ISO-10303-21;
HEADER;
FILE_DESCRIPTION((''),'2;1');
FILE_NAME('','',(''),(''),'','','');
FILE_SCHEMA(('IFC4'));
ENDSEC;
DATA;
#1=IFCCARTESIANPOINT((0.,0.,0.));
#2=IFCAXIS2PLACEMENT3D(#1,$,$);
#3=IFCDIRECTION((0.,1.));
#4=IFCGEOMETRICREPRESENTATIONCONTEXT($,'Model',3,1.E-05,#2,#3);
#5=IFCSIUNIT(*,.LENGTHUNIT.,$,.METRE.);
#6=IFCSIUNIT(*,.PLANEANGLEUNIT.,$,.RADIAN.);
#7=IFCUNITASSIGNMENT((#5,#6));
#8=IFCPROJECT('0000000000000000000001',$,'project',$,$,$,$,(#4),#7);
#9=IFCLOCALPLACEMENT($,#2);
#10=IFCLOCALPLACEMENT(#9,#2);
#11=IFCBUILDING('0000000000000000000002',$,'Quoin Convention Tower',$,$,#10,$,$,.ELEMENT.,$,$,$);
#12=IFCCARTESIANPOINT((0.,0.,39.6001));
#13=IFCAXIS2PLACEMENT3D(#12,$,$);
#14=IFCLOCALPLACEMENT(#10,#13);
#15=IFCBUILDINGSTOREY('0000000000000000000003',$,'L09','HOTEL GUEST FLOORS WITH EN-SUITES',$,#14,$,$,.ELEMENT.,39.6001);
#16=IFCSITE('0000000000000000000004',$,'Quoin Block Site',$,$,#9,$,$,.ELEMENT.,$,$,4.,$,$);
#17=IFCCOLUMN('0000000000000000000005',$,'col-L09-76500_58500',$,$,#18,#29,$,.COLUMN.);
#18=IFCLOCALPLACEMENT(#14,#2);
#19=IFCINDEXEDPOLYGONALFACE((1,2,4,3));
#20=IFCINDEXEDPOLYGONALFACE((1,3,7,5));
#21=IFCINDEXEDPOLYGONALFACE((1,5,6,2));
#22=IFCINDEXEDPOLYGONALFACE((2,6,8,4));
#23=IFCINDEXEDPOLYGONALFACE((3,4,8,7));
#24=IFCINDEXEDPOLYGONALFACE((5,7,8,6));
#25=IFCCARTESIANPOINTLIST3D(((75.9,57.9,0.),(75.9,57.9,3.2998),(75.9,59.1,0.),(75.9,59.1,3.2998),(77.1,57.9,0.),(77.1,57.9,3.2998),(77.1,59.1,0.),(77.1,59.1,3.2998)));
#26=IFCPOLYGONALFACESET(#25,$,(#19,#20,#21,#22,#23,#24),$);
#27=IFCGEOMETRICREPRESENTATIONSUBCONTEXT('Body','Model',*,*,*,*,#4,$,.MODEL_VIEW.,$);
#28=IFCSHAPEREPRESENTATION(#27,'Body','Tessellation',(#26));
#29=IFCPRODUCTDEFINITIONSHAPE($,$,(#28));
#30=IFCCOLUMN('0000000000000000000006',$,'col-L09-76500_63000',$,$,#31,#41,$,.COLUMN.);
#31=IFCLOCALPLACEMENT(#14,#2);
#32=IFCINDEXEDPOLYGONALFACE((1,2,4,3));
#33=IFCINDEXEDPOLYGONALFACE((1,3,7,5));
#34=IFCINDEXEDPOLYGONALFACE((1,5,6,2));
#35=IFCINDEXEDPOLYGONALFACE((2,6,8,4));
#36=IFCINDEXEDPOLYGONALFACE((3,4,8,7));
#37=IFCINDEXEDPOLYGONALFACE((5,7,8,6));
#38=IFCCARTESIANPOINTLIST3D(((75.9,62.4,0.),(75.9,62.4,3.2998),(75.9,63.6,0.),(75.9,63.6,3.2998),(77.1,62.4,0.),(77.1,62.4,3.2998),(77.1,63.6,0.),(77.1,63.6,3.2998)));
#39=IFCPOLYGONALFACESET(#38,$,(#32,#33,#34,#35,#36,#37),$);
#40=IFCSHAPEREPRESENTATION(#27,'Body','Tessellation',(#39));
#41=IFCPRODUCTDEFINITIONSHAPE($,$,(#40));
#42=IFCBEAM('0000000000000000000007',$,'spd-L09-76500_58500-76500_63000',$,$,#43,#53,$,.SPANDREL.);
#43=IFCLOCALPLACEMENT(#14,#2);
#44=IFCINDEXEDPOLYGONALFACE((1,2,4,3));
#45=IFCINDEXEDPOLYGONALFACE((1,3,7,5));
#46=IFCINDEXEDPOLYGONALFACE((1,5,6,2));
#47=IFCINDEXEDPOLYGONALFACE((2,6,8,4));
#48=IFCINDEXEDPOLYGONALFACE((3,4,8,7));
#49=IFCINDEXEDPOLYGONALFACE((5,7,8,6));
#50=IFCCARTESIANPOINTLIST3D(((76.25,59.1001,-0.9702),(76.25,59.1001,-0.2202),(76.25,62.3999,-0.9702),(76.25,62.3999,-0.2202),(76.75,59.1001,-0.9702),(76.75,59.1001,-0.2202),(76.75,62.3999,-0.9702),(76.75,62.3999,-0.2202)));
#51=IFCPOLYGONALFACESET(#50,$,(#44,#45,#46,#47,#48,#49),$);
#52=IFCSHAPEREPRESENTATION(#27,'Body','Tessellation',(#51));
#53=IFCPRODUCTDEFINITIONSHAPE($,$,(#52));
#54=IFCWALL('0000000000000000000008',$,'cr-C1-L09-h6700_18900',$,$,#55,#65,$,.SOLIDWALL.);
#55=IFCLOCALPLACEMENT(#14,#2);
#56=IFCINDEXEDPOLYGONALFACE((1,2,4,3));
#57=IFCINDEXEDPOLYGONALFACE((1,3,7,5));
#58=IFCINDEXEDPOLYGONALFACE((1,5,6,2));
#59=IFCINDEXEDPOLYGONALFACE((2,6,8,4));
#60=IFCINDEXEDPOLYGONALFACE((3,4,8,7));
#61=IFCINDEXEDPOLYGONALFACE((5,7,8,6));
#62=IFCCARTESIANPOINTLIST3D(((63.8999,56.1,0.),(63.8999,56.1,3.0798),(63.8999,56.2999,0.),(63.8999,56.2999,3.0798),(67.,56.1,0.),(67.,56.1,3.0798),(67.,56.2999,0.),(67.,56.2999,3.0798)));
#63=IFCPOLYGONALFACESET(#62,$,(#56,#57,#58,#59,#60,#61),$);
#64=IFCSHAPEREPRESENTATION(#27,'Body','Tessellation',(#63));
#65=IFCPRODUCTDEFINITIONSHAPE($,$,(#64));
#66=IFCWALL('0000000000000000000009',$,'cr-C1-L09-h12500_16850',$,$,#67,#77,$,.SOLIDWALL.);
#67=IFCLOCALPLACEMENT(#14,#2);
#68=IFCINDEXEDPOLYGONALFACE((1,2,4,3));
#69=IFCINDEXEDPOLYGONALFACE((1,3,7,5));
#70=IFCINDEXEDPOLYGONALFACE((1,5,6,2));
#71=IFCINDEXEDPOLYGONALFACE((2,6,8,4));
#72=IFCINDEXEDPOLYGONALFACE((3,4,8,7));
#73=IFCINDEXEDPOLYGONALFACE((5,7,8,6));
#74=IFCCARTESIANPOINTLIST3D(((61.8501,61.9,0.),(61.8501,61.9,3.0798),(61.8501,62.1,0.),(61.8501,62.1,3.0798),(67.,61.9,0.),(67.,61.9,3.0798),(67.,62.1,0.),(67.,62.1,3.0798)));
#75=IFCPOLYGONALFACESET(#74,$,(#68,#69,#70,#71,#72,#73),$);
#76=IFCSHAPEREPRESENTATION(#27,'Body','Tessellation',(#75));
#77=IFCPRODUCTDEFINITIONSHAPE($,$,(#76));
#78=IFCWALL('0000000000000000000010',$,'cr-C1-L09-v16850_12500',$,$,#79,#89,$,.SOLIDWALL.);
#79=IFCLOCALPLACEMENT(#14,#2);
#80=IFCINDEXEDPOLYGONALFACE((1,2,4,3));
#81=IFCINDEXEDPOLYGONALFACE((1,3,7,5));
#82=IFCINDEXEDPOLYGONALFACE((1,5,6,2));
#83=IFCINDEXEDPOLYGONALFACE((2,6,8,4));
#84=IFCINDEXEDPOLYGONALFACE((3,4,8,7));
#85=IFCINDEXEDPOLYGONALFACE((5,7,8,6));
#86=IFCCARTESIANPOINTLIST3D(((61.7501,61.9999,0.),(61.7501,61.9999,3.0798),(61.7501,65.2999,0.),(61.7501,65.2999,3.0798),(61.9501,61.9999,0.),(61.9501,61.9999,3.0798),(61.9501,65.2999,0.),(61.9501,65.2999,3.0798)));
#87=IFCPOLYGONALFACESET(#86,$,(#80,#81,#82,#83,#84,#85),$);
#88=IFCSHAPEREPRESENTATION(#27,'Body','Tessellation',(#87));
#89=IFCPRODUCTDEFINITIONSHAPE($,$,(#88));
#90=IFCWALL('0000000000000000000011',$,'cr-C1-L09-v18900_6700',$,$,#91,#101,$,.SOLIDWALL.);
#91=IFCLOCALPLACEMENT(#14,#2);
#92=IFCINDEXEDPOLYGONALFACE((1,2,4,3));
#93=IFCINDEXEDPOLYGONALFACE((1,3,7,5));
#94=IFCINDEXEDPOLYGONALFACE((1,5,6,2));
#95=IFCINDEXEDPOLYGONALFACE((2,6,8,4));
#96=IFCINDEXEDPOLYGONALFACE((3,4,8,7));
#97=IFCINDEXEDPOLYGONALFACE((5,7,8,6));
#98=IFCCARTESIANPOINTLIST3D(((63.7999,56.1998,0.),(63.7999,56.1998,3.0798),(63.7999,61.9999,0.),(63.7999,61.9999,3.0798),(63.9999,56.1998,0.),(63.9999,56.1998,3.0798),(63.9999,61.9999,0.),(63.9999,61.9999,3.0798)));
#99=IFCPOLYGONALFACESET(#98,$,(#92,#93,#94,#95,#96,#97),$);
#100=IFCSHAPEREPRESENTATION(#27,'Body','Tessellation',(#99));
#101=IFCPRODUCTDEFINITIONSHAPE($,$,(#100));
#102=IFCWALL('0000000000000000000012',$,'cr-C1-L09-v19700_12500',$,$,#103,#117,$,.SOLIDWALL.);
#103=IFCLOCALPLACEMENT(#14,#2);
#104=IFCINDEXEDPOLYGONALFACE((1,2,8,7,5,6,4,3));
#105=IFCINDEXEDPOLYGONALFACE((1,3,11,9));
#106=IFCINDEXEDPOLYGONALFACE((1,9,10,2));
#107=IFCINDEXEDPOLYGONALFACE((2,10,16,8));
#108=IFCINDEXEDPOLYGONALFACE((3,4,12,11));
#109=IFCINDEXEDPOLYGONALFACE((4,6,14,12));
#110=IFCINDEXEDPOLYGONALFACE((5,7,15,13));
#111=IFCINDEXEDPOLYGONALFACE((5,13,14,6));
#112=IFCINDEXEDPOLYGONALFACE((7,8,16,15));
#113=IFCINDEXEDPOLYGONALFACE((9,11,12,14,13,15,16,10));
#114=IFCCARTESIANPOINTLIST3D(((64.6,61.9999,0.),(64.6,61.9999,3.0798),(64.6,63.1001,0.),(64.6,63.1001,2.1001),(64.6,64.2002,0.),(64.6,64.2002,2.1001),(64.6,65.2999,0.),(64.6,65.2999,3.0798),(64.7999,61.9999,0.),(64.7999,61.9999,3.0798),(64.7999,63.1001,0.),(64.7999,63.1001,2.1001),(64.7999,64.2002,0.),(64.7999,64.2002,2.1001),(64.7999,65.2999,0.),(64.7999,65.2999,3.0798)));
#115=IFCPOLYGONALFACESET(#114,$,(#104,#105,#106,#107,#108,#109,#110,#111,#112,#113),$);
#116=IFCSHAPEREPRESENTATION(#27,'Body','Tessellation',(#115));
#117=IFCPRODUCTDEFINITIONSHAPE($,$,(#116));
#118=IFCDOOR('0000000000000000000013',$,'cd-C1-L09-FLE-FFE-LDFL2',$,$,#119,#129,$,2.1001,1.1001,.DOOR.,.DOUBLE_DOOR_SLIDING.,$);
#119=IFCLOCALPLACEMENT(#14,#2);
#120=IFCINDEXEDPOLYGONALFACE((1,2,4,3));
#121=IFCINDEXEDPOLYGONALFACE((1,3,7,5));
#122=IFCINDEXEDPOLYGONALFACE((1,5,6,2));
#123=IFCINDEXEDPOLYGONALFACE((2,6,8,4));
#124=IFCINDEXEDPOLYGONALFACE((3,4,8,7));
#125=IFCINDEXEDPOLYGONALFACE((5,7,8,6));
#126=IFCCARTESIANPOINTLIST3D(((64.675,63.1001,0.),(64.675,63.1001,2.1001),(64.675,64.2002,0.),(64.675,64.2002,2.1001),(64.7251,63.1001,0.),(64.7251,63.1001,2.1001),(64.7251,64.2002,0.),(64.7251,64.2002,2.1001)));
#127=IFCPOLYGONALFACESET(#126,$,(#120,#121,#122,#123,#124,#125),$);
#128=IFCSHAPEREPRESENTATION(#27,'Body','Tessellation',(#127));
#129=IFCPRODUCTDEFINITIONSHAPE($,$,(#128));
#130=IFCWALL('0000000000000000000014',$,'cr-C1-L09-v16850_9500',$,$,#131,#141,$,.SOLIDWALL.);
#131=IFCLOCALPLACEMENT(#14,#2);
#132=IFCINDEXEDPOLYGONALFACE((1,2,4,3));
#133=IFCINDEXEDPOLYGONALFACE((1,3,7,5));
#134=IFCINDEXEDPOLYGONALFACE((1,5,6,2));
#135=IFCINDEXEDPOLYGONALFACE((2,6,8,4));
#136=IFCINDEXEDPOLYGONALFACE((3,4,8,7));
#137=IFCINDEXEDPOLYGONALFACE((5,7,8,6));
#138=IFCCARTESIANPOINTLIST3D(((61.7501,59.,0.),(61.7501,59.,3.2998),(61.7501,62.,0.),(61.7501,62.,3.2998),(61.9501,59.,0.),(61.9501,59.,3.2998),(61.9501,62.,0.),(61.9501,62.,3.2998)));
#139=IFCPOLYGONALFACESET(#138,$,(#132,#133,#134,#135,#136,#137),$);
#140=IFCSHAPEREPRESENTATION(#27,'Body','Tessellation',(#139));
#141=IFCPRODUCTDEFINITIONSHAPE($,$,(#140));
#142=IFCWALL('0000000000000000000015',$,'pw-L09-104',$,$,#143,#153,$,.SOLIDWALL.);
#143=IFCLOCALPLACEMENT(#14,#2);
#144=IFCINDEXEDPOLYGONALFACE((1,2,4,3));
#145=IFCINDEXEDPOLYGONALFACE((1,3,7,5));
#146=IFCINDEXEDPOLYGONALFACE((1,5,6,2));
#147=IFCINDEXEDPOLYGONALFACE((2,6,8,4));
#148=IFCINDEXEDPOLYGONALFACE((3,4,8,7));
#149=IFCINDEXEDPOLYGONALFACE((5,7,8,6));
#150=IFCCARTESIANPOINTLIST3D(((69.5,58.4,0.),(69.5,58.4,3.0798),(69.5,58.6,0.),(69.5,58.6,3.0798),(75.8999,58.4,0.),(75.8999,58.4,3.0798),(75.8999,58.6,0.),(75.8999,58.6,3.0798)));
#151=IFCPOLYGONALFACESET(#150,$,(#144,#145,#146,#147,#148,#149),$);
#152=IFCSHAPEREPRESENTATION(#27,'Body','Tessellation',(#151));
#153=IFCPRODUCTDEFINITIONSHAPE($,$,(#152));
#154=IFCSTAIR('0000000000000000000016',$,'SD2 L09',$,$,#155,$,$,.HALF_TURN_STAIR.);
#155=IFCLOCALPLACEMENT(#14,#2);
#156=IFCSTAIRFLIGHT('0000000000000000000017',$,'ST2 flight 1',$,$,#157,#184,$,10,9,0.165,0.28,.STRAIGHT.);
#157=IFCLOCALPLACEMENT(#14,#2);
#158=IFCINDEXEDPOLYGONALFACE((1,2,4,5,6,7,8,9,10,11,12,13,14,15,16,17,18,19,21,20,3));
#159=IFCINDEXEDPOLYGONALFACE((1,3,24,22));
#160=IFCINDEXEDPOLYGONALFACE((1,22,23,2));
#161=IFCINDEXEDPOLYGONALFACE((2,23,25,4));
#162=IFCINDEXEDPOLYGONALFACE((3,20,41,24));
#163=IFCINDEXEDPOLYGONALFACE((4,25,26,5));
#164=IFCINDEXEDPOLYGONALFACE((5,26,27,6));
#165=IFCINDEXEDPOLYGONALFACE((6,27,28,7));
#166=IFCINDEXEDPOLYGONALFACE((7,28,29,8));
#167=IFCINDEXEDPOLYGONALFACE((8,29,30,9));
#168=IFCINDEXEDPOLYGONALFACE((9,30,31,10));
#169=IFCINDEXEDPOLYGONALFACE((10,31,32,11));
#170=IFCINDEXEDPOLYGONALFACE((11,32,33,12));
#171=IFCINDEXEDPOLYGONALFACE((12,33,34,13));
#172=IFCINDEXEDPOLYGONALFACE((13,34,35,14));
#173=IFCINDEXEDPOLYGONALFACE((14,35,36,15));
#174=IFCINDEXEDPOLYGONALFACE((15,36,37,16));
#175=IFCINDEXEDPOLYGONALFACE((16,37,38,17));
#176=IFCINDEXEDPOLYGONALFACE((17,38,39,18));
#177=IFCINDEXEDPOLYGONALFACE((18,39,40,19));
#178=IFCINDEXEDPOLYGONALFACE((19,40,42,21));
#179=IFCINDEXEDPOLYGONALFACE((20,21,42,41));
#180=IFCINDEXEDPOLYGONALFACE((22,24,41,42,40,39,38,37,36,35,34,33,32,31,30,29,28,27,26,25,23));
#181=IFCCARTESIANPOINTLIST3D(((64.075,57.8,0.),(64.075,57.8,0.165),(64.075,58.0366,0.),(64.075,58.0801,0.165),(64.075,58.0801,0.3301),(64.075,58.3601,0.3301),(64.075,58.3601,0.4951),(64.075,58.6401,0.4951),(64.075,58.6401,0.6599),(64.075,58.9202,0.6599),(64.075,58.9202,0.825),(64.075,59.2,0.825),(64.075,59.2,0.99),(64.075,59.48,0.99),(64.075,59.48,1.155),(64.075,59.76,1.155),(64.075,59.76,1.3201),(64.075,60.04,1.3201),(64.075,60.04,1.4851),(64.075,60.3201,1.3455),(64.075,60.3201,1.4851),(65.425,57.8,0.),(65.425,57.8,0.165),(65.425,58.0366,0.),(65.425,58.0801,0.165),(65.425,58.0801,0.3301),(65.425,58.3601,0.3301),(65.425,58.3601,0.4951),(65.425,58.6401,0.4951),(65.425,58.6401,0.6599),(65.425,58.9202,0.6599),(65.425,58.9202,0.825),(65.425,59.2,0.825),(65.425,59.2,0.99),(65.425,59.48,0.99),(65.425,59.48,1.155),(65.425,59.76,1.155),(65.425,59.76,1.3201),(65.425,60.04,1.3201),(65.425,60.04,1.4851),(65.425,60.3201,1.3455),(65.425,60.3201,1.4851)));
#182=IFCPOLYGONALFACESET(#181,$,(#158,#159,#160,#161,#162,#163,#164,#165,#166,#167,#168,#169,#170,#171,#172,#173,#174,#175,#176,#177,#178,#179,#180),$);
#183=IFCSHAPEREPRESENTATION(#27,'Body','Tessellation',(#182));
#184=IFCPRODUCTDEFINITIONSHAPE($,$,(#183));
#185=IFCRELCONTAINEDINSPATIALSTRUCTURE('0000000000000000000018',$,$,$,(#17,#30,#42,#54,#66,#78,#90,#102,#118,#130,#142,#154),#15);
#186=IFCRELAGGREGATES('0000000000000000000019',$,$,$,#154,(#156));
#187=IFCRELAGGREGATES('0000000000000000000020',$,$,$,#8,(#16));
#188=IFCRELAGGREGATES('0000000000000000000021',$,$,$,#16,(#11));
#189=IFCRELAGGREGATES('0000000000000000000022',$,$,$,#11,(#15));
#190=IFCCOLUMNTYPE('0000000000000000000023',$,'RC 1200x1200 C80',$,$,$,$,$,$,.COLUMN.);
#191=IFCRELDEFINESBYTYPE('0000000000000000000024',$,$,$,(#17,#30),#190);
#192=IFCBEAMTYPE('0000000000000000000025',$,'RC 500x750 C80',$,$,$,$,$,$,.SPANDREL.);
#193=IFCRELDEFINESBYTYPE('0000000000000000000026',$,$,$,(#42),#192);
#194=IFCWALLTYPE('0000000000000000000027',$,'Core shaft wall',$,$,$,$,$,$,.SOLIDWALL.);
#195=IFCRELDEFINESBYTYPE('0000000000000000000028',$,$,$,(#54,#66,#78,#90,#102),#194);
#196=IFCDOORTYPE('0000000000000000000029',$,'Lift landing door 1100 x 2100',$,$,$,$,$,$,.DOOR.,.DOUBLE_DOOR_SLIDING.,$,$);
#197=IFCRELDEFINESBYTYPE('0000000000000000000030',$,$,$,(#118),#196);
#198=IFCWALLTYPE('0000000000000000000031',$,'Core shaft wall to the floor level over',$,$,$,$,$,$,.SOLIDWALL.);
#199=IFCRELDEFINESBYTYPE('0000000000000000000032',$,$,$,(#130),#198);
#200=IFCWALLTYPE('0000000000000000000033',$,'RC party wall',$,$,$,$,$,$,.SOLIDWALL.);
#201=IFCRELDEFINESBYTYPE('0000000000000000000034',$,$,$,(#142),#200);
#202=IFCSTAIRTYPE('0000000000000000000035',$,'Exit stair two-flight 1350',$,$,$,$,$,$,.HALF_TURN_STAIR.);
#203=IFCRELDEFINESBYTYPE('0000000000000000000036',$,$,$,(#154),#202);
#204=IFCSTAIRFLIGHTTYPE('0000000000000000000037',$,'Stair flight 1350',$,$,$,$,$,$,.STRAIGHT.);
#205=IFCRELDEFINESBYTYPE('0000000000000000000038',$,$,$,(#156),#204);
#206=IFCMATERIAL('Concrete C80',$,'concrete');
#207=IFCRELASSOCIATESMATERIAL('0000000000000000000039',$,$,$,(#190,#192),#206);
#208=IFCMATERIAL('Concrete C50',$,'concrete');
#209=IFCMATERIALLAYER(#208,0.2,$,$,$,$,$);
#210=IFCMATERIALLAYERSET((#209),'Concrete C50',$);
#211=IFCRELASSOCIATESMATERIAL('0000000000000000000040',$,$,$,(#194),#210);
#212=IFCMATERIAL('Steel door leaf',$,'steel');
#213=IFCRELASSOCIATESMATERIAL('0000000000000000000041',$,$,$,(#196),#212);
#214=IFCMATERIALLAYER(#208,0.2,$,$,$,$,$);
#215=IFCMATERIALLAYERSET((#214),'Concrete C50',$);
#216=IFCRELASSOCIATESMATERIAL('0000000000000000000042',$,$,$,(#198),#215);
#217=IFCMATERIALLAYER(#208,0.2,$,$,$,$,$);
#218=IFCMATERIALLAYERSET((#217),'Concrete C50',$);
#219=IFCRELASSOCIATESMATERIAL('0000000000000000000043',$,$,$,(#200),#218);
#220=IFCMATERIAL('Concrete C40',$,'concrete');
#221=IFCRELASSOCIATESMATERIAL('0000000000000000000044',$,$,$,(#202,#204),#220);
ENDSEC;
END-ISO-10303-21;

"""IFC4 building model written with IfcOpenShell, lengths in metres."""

from ifc_helpers import new_model, si_unit, direction, frame, frame_2d, origin, origin_2d, place, context, subcontext, project, spatial, polyline, rectangle, outline, extrude, material, layer, layer_set, material_profile, profile_set, type_object, element, fill, aggregate, save


model = new_model("IFC4")

# Units and contexts
model_context = context("Model", 3, precision=1e-05, world=origin(), true_north=direction((0.0, 1.0)))
body_context = subcontext(model_context, "Body", "Model", "MODEL_VIEW")
ifc_project = project(units=[si_unit("LENGTHUNIT", "METRE"), si_unit("PLANEANGLEUNIT", "RADIAN")], contexts=[model_context])

# Site, building, storey
site_placement = place(None, origin())
site = spatial("IfcSite", under=ifc_project, at=site_placement, Name="Quoin Block Site", CompositionType="ELEMENT", RefElevation=4.0)
building_placement = place(site_placement, origin())
building = spatial("IfcBuilding", under=site, at=building_placement, Name="Quoin Convention Tower", CompositionType="ELEMENT")
storey_placement = place(building_placement, frame((0.0, 0.0, 39.6001)))
storey = spatial("IfcBuildingStorey", under=building, at=storey_placement, Name="L09", Description="HOTEL GUEST FLOORS WITH EN-SUITES", CompositionType="ELEMENT", Elevation=39.6001)

# Columns
ifc_material_1 = material(Name="Concrete C80", Category="concrete")
ifc_material_profile_1 = material_profile(ifc_material_1, rectangle(XDim=1.2, YDim=1.2, at=origin_2d()), Name="RC 1200x1200")
ifc_profile_set_1 = profile_set([ifc_material_profile_1], Name="Concrete C80")
column_type = type_object("IfcColumnType", Name="RC 1200x1200 C80", PredefinedType="COLUMN", material=ifc_profile_set_1)
for number, where, z_axis, x_axis, name in (
    (1, (76.5, 58.5, 0.0), (0.0, 0.0, 1.0), (1.0, 0.0, 0.0), "col-L09-76500_58500"),
    (2, (76.5, 63.0, 0.0), (0.0, 0.0, 1.0), (1.0, 0.0, 0.0), "col-L09-76500_63000"),
):
    element("IfcColumn", number, at=place(storey_placement, frame(where, z_axis=z_axis, x_axis=x_axis)), inside=storey, type_object=column_type, Name=name, PredefinedType="COLUMN", context=body_context, shape_type="SweptSolid", body=[
        extrude(rectangle(XDim=1.2, YDim=1.2, at=origin_2d()), origin(), (0.0, 0.0, 1.0), 3.2998),
    ])

# Beam
ifc_material_profile_2 = material_profile(ifc_material_1, rectangle(XDim=0.5, YDim=0.75, at=origin_2d()), Name="RC 500x750")
ifc_profile_set_2 = profile_set([ifc_material_profile_2], Name="Concrete C80")
beam_type = type_object("IfcBeamType", Name="RC 500x750 C80", PredefinedType="SPANDREL", material=ifc_profile_set_2)
beam_placement = place(storey_placement, frame((76.5, 59.1001, -0.5952), z_axis=(0.0, 1.0, 0.0), x_axis=(-1.0, 0.0, 0.0)))
element("IfcBeam", 3, at=beam_placement, inside=storey, type_object=beam_type, Name="spd-L09-76500_58500-76500_63000", PredefinedType="SPANDREL", context=body_context, shape_type="SweptSolid", body=[
    extrude(rectangle(XDim=0.5, YDim=0.75, at=origin_2d()), origin(), (0.0, 0.0, 1.0), 3.2998),
])

# Walls
ifc_material_2 = material(Name="Concrete C50", Category="concrete")
ifc_layer_1 = layer(ifc_material_2, 0.2)
ifc_layer_set_1 = layer_set([ifc_layer_1], Name="Concrete C50")
wall_type_1 = type_object("IfcWallType", Name="Core shaft wall", PredefinedType="SOLIDWALL", material=ifc_layer_set_1)
wall_1_placement = place(storey_placement, frame((63.8999, 56.2, 0.0), z_axis=(0.0, 0.0, 1.0), x_axis=(1.0, 0.0, 0.0)))
element("IfcWall", 4, at=wall_1_placement, inside=storey, type_object=wall_type_1, Name="cr-C1-L09-h6700_18900", PredefinedType="SOLIDWALL", context=body_context, shape_type="SweptSolid", body=[
    extrude(rectangle(XDim=3.1001, YDim=0.2, at=frame_2d((1.55, 0.0))), origin(), (0.0, 0.0, 1.0), 3.0798),
])
wall_2_placement = place(storey_placement, frame((61.8501, 62.0, 0.0), z_axis=(0.0, 0.0, 1.0), x_axis=(1.0, 0.0, 0.0)))
element("IfcWall", 5, at=wall_2_placement, inside=storey, type_object=wall_type_1, Name="cr-C1-L09-h12500_16850", PredefinedType="SOLIDWALL", context=body_context, shape_type="SweptSolid", body=[
    extrude(rectangle(XDim=5.1499, YDim=0.2, at=frame_2d((2.575, 0.0))), origin(), (0.0, 0.0, 1.0), 3.0798),
])
wall_3_placement = place(storey_placement, frame((61.8501, 62.0, 0.0), z_axis=(0.0, 0.0, 1.0), x_axis=(0.0, 1.0, 0.0)))
element("IfcWall", 6, at=wall_3_placement, inside=storey, type_object=wall_type_1, Name="cr-C1-L09-v16850_12500", PredefinedType="SOLIDWALL", context=body_context, shape_type="SweptSolid", body=[
    extrude(rectangle(XDim=3.3, YDim=0.2, at=frame_2d((1.6499, 0.0))), origin(), (0.0, 0.0, 1.0), 3.0798),
])
wall_4_placement = place(storey_placement, frame((63.8999, 56.2, 0.0), z_axis=(0.0, 0.0, 1.0), x_axis=(0.0, 1.0, 0.0)))
element("IfcWall", 7, at=wall_4_placement, inside=storey, type_object=wall_type_1, Name="cr-C1-L09-v18900_6700", PredefinedType="SOLIDWALL", context=body_context, shape_type="SweptSolid", body=[
    extrude(rectangle(XDim=5.8, YDim=0.2, at=frame_2d((2.8999, 0.0))), origin(), (0.0, 0.0, 1.0), 3.0798),
])

# Wall, opening, door
wall_5_placement = place(storey_placement, frame((64.7, 62.0, 0.0), z_axis=(0.0, 0.0, 1.0), x_axis=(0.0, 1.0, 0.0)))
wall_5 = element("IfcWall", 8, at=wall_5_placement, inside=storey, type_object=wall_type_1, Name="cr-C1-L09-v19700_12500", PredefinedType="SOLIDWALL", context=body_context, shape_type="SweptSolid", body=[
    extrude(rectangle(XDim=3.3, YDim=0.2, at=frame_2d((1.6499, 0.0))), origin(), (0.0, 0.0, 1.0), 3.0798),
])
opening_placement = place(wall_5_placement, frame((1.1001, 0.0, 0.0)))
opening = element("IfcOpeningElement", 9, at=opening_placement, cuts=wall_5, PredefinedType="OPENING", context=body_context, shape_type="SweptSolid", body=[
    extrude(rectangle(XDim=1.1001, YDim=2.1001, at=frame_2d((0.55, 1.05))), frame((0.0, 0.1099, 0.0), z_axis=(0.0, -1.0, 0.0), x_axis=(1.0, 0.0, 0.0)), (0.0, 0.0, 1.0), 0.22),
])
ifc_material_3 = material(Name="Steel door leaf", Category="steel")
door_type = type_object("IfcDoorType", Name="Lift landing door 1100 x 2100", OperationType="DOUBLE_DOOR_SLIDING", PredefinedType="DOOR", material=ifc_material_3)
door_placement = place(opening_placement, origin())
door = element("IfcDoor", 10, at=door_placement, inside=storey, type_object=door_type, Name="cd-C1-L09-FLE-FFE-LDFL2", OperationType="DOUBLE_DOOR_SLIDING", OverallHeight=2.1001, OverallWidth=1.1001, PredefinedType="DOOR", context=body_context, shape_type="SweptSolid", body=[
    extrude(rectangle(XDim=1.1001, YDim=2.1001, at=frame_2d((0.55, 1.05))), frame((0.0, 0.0249, 0.0), z_axis=(0.0, -1.0, 0.0), x_axis=(1.0, 0.0, 0.0)), (0.0, 0.0, 1.0), 0.05),
])
fill(opening, door)

# Walls
ifc_layer_2 = layer(ifc_material_2, 0.2)
ifc_layer_set_2 = layer_set([ifc_layer_2], Name="Concrete C50")
wall_type_2 = type_object("IfcWallType", Name="Core shaft wall to the floor level over", PredefinedType="SOLIDWALL", material=ifc_layer_set_2)
wall_6_placement = place(storey_placement, frame((61.8501, 59.0, 0.0), z_axis=(0.0, 0.0, 1.0), x_axis=(0.0, 1.0, 0.0)))
element("IfcWall", 11, at=wall_6_placement, inside=storey, type_object=wall_type_2, Name="cr-C1-L09-v16850_9500", PredefinedType="SOLIDWALL", context=body_context, shape_type="SweptSolid", body=[
    extrude(rectangle(XDim=3.0, YDim=0.2, at=frame_2d((1.5, 0.0))), origin(), (0.0, 0.0, 1.0), 3.2998),
])
ifc_layer_3 = layer(ifc_material_2, 0.2)
ifc_layer_set_3 = layer_set([ifc_layer_3], Name="Concrete C50")
wall_type_3 = type_object("IfcWallType", Name="RC party wall", PredefinedType="SOLIDWALL", material=ifc_layer_set_3)
wall_7_placement = place(storey_placement, frame((69.5, 58.5, 0.0), z_axis=(0.0, 0.0, 1.0), x_axis=(1.0, 0.0, 0.0)))
element("IfcWall", 12, at=wall_7_placement, inside=storey, type_object=wall_type_3, Name="pw-L09-104", PredefinedType="SOLIDWALL", context=body_context, shape_type="SweptSolid", body=[
    extrude(rectangle(XDim=6.3999, YDim=0.2, at=frame_2d((3.2, 0.0))), origin(), (0.0, 0.0, 1.0), 3.0798),
])

# Stair, stair flight
ifc_material_4 = material(Name="Concrete C40", Category="concrete")
stair_type = type_object("IfcStairType", Name="Exit stair two-flight 1350", PredefinedType="HALF_TURN_STAIR", material=ifc_material_4)
stair_placement = place(storey_placement, origin())
stair = element("IfcStair", 13, at=stair_placement, inside=storey, type_object=stair_type, Name="SD2 L09", PredefinedType="HALF_TURN_STAIR")
stair_flight_type = type_object("IfcStairFlightType", Name="Stair flight 1350", PredefinedType="STRAIGHT", material=ifc_material_4)
stair_flight_1_placement = place(storey_placement, frame((64.75, 57.8, 0.0), z_axis=(0.0, 0.0, 1.0), x_axis=(0.0, 1.0, 0.0)))
stair_flight_1 = element("IfcStairFlight", 14, at=stair_flight_1_placement, type_object=stair_flight_type, Name="ST2 flight 1", NumberOfRisers=10, NumberOfTreads=9, PredefinedType="STRAIGHT", RiserHeight=0.165, TreadLength=0.28, context=body_context, shape_type="SweptSolid", body=[
    extrude(outline(polyline([(0.0, 0.0), (0.0, 0.165), (0.28, 0.165), (0.28, 0.3301), (0.5601, 0.3301), (0.5601, 0.4951), (0.8401, 0.4951), (0.8401, 0.6599), (1.1201, 0.6599), (1.1201, 0.825), (1.3999, 0.825), (1.3999, 0.99), (1.6799, 0.99), (1.6799, 1.155), (1.96, 1.155), (1.96, 1.3201), (2.24, 1.3201), (2.24, 1.4851), (2.52, 1.4851), (2.52, 1.6499), (2.52, 1.3455), (0.2366, 0.0), (0.0, 0.0)])), frame((0.0, 0.675, 0.0), z_axis=(0.0, -1.0, 0.0), x_axis=(1.0, 0.0, 0.0)), (0.0, 0.0, 1.0), 1.3501),
])
aggregate(stair, [stair_flight_1])

save(model, "model.ifc")
